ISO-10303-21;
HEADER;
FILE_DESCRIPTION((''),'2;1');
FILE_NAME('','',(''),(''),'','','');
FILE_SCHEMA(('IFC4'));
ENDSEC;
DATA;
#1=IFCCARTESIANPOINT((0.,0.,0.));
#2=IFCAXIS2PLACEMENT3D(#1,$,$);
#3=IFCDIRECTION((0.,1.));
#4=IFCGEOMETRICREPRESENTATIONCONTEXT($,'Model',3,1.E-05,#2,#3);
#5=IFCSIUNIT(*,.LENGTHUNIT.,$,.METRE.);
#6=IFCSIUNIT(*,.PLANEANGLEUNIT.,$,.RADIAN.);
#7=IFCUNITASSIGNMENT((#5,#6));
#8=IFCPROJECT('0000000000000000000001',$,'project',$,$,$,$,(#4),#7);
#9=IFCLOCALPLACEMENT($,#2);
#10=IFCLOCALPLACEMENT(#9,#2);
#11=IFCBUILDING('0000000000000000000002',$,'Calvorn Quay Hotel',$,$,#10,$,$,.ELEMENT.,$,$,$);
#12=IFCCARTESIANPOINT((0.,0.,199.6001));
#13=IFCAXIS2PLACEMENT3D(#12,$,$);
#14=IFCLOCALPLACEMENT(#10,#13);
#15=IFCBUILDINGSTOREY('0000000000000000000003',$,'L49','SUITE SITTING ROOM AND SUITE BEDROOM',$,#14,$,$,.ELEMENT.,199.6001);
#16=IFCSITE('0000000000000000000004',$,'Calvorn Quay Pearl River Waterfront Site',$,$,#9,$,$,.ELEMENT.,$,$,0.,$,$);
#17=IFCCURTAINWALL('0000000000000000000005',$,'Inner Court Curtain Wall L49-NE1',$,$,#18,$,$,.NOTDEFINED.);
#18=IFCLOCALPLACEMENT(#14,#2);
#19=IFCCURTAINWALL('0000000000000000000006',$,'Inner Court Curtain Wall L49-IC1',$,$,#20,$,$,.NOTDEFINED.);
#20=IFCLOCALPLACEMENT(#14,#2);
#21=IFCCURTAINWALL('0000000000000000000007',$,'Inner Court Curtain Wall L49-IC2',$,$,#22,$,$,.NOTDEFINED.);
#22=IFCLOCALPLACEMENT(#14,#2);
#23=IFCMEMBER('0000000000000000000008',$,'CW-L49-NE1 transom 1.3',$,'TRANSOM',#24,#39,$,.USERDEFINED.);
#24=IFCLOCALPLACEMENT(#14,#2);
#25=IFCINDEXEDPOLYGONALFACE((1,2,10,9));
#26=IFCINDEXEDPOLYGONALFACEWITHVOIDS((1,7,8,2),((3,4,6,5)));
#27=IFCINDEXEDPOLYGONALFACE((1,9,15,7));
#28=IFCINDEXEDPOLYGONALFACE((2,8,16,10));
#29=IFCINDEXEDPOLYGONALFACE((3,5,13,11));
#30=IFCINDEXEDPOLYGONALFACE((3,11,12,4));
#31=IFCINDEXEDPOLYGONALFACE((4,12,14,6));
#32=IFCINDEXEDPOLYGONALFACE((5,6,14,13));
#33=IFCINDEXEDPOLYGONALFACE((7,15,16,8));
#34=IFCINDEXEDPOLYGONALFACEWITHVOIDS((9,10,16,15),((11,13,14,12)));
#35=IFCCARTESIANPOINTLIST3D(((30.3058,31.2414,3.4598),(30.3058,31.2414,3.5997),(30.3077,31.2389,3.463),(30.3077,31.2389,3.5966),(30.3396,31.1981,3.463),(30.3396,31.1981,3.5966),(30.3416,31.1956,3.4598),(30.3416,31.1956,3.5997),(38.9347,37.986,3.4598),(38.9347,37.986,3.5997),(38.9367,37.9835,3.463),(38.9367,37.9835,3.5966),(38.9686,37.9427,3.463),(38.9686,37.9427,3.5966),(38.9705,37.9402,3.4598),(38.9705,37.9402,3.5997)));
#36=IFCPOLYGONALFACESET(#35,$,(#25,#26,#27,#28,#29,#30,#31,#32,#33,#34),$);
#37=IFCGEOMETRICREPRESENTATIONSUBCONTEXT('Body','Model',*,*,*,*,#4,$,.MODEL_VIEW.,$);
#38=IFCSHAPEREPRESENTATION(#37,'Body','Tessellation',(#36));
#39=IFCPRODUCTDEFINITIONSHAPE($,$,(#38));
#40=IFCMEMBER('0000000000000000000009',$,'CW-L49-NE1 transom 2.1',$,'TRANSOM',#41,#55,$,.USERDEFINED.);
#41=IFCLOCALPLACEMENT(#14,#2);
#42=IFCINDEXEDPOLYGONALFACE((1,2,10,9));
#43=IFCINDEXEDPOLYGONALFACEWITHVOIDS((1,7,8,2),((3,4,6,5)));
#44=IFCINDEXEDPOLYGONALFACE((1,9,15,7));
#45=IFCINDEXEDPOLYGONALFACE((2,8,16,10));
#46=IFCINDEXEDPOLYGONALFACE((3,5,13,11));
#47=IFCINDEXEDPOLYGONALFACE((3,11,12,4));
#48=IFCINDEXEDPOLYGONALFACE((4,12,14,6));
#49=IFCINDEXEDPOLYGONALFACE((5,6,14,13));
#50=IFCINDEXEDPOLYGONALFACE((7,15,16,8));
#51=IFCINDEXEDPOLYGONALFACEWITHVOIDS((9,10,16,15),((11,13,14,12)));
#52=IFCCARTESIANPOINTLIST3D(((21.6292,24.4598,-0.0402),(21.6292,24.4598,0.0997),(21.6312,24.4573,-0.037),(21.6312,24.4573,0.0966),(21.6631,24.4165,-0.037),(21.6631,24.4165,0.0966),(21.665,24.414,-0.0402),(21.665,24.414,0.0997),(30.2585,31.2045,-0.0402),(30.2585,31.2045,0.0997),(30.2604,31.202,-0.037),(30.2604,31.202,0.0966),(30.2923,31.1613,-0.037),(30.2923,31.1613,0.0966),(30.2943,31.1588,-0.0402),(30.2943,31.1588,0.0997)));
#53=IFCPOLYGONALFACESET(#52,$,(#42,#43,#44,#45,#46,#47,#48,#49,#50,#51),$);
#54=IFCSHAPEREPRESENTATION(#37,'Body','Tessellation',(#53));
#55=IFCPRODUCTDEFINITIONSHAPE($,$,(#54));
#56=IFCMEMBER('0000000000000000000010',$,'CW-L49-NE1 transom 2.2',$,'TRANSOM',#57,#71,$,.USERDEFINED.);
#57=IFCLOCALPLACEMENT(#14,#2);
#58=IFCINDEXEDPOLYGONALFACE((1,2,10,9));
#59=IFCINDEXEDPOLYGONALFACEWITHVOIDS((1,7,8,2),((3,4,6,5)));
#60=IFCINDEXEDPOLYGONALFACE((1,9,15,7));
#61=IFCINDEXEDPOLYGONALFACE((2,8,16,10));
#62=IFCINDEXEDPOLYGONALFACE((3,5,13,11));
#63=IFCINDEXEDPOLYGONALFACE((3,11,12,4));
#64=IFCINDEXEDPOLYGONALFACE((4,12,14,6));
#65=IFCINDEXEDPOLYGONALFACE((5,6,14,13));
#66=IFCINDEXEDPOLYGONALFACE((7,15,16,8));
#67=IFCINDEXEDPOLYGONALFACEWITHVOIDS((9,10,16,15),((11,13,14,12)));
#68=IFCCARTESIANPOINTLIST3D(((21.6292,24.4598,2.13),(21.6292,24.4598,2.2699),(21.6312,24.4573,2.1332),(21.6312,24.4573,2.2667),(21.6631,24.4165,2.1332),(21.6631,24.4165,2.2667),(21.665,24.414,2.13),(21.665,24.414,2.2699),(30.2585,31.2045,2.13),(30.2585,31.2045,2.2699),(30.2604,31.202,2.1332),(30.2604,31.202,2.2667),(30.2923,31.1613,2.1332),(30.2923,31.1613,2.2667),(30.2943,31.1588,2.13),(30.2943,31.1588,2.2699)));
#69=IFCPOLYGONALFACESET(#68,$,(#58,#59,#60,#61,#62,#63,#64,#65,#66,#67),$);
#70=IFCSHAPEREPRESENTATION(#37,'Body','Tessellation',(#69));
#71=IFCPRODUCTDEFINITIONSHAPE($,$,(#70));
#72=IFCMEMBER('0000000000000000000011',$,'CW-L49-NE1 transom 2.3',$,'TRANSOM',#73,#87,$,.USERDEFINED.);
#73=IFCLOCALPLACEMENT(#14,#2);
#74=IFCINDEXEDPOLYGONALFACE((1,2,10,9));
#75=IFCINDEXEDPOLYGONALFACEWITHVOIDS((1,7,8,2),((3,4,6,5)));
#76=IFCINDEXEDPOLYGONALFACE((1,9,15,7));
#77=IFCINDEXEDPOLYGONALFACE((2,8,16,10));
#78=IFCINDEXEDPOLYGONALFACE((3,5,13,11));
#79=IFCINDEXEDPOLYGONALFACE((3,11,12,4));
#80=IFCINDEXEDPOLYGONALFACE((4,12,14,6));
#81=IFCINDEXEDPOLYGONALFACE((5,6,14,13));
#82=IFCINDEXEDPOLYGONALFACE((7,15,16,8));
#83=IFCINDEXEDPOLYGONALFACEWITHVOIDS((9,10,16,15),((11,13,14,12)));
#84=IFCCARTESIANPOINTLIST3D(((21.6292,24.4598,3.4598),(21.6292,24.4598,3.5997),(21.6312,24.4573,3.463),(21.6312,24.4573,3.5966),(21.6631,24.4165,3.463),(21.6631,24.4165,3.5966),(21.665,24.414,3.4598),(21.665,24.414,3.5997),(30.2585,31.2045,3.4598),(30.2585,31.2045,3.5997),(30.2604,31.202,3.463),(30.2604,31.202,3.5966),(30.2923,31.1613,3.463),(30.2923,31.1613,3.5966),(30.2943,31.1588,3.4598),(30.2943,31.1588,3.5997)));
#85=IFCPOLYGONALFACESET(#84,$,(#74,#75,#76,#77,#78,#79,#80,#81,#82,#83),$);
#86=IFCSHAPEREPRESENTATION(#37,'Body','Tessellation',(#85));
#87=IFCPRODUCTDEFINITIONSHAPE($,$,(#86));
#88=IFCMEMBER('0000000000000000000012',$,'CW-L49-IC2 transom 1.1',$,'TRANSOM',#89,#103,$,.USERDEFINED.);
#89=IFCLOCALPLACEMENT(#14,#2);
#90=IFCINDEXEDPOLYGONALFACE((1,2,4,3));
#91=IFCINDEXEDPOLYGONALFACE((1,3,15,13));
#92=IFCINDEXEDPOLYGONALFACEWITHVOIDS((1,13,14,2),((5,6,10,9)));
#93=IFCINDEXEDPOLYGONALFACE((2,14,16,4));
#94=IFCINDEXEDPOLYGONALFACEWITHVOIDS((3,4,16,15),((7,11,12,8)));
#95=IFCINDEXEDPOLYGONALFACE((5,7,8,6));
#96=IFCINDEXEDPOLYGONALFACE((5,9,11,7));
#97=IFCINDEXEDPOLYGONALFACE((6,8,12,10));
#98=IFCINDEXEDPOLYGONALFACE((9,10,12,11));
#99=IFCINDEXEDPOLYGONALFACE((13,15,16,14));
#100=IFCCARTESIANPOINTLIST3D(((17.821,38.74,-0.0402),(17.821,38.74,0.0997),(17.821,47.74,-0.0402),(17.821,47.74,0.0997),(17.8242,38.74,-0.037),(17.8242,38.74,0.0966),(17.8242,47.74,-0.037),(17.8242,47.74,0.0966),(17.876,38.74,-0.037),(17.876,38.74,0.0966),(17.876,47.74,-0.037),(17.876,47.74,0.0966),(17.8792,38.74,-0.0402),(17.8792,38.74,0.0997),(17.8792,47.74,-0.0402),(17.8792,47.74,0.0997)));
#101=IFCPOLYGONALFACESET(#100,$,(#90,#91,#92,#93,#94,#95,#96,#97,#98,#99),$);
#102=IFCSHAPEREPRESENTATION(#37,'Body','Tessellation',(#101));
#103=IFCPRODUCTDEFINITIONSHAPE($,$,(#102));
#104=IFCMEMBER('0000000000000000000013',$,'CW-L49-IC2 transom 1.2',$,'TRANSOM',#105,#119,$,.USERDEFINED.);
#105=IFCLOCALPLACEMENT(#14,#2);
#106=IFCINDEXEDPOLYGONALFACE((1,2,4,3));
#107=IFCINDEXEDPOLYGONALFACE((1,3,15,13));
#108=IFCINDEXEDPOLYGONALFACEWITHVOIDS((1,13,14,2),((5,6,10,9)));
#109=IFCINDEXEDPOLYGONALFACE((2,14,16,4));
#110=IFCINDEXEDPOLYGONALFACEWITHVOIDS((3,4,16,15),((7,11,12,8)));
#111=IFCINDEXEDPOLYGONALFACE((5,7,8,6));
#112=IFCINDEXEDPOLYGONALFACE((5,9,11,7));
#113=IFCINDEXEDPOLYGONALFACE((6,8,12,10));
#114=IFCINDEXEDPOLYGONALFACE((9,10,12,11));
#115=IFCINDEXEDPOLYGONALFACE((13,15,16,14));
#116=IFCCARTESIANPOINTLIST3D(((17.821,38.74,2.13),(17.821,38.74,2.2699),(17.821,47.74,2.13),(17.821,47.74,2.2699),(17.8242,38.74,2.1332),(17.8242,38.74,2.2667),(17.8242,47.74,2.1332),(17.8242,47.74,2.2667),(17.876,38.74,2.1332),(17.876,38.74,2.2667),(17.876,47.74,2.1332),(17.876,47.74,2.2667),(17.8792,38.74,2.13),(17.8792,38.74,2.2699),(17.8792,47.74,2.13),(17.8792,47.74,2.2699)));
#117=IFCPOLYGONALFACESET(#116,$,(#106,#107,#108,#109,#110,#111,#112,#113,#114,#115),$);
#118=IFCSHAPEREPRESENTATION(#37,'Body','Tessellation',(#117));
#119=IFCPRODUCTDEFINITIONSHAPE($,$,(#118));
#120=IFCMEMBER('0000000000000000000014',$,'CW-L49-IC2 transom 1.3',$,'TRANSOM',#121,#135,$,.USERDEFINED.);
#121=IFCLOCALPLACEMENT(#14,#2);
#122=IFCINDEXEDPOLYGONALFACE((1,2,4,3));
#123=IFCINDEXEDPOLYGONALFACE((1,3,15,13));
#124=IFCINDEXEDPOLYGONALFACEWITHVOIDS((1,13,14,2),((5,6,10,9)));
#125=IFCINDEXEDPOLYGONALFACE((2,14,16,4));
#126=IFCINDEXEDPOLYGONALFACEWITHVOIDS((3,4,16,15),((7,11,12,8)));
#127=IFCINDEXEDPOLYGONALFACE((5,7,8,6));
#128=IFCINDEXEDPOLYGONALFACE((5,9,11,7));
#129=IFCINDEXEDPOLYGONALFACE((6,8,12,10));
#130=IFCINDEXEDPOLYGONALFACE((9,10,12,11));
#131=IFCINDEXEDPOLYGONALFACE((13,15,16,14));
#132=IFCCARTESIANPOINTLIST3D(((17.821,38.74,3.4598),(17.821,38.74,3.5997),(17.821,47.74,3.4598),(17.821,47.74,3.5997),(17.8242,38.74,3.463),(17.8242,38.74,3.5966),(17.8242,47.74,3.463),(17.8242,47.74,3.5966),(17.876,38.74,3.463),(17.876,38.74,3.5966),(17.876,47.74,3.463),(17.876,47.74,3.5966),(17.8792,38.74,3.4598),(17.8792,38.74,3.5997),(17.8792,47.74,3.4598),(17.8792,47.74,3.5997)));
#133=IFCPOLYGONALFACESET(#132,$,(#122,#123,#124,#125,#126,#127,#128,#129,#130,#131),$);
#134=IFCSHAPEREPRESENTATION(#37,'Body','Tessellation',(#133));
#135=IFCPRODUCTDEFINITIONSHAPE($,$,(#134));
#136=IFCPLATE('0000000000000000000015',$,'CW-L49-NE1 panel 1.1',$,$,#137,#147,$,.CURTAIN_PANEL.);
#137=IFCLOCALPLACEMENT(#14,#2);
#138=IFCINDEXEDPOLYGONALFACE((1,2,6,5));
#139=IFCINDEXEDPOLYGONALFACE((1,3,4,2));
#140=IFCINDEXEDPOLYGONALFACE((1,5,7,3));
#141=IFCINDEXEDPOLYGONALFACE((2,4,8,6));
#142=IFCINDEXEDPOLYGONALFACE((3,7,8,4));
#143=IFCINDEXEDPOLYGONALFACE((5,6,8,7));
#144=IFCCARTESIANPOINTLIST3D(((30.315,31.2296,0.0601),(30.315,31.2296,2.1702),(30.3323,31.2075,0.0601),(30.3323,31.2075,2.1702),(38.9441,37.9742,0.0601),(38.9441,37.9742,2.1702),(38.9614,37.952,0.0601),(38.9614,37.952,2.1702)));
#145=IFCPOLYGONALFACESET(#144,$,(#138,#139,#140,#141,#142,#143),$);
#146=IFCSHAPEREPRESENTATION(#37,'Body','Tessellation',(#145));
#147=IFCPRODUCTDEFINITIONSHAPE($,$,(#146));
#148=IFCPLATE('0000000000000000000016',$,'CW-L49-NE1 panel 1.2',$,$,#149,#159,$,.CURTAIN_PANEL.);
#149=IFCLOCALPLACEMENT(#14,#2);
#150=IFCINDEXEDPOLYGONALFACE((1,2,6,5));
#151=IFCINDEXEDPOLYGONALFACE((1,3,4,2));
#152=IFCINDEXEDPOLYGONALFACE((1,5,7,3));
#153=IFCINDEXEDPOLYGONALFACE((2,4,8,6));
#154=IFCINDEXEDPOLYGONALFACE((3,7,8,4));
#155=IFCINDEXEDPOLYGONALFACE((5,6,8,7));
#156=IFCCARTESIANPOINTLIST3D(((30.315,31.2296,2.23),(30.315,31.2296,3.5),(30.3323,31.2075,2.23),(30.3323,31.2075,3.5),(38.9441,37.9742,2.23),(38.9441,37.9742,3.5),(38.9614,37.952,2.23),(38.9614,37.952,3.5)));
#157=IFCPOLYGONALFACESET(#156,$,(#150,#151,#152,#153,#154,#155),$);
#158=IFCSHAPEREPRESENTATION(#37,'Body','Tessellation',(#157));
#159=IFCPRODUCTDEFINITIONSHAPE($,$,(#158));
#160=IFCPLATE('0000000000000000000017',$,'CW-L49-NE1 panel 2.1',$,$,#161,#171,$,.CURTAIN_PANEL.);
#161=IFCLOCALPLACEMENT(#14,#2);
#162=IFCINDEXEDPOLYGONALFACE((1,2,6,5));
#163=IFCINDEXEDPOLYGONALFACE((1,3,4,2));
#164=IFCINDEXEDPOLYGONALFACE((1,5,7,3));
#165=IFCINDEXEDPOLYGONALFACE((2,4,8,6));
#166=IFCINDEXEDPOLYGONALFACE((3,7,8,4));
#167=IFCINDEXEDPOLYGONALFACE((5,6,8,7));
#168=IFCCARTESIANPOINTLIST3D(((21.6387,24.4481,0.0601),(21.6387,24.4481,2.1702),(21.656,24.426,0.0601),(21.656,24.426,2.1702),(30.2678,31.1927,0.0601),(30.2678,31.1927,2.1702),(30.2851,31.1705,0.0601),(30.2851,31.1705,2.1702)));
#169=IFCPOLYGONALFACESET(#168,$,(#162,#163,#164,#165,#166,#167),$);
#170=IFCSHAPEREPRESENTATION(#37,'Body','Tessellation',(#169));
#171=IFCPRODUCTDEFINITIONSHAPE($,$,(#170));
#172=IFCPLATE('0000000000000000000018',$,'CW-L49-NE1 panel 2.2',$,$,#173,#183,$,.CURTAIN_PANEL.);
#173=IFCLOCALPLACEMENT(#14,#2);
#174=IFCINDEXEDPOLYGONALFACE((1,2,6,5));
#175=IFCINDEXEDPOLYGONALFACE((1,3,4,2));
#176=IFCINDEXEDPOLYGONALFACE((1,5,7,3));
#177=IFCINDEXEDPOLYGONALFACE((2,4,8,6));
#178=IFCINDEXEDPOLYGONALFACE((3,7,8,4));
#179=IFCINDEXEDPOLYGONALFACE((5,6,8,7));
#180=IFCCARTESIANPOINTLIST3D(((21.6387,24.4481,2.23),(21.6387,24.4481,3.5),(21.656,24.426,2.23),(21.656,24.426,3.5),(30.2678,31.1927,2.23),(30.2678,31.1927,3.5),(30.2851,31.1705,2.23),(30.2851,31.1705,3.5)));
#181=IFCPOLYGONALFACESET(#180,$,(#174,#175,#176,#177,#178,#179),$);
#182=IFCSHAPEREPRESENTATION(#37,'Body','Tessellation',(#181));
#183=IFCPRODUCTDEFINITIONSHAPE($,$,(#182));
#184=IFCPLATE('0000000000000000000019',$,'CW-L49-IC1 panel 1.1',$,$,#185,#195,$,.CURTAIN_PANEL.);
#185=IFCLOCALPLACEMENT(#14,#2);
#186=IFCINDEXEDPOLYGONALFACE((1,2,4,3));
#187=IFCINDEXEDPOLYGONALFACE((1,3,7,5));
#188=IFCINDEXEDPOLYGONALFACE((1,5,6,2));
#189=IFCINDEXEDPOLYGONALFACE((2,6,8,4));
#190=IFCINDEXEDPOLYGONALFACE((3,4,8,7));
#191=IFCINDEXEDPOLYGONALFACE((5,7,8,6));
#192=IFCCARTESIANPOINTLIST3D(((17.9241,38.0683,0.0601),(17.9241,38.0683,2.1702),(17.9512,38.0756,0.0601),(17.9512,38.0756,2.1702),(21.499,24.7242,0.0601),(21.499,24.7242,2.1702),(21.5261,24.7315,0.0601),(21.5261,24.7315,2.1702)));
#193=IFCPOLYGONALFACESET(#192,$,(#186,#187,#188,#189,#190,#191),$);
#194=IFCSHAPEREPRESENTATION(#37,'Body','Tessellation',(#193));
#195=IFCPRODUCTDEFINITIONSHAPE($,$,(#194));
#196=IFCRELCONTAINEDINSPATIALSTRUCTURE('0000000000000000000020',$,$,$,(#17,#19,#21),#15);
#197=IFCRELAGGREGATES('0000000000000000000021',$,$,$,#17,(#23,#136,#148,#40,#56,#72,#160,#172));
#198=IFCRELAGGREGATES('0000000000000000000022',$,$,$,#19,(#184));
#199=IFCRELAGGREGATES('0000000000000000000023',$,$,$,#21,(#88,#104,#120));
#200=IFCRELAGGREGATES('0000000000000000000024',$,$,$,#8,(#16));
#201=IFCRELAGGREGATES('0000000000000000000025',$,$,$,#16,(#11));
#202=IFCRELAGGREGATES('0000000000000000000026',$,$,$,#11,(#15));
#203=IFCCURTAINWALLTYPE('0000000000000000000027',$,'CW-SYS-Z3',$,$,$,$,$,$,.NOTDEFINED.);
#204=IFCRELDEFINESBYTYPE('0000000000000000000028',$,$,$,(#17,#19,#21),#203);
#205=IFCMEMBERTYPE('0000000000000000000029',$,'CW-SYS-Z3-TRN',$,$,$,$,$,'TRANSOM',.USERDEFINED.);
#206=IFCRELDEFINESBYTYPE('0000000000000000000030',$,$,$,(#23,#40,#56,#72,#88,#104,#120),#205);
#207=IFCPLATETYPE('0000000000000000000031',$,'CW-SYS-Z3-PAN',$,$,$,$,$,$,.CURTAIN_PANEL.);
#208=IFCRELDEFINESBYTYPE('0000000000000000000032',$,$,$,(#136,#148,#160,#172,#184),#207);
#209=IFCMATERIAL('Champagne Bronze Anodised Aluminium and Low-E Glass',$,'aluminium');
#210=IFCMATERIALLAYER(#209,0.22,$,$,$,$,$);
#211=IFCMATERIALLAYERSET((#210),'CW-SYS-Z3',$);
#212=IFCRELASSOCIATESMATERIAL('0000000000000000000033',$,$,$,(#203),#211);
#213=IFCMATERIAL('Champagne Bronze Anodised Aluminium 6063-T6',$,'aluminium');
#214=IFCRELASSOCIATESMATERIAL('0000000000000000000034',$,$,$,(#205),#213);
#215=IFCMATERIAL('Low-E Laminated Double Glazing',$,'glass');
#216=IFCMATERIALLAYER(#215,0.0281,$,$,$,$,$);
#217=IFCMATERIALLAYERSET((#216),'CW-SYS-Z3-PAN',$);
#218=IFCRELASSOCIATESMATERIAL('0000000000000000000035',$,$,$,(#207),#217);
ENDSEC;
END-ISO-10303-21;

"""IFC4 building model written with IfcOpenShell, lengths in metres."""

from ifc_helpers import new_model, si_unit, direction, frame, origin, origin_2d, place, context, subcontext, project, spatial, rectangle, hollow_rectangle, extrude, material, layer, layer_set, material_profile, profile_set, type_object, element, aggregate, save


model = new_model("IFC4")

# Units and contexts
model_context = context("Model", 3, precision=1e-05, world=origin(), true_north=direction((0.0, 1.0)))
body_context = subcontext(model_context, "Body", "Model", "MODEL_VIEW")
ifc_project = project(units=[si_unit("LENGTHUNIT", "METRE"), si_unit("PLANEANGLEUNIT", "RADIAN")], contexts=[model_context])

# Site, building, storey
site_placement = place(None, origin())
site = spatial("IfcSite", under=ifc_project, at=site_placement, Name="Calvorn Quay Pearl River Waterfront Site", CompositionType="ELEMENT", RefElevation=0.0)
building_placement = place(site_placement, origin())
building = spatial("IfcBuilding", under=site, at=building_placement, Name="Calvorn Quay Hotel", CompositionType="ELEMENT")
storey_placement = place(building_placement, frame((0.0, 0.0, 199.6001)))
storey = spatial("IfcBuildingStorey", under=building, at=storey_placement, Name="L49", Description="SUITE SITTING ROOM AND SUITE BEDROOM", CompositionType="ELEMENT", Elevation=199.6001)

# Curtain wall
ifc_material_1 = material(Name="Champagne Bronze Anodised Aluminium and Low-E Glass", Category="aluminium")
ifc_layer_1 = layer(ifc_material_1, 0.22)
ifc_layer_set_1 = layer_set([ifc_layer_1], Name="CW-SYS-Z3")
curtain_wall_type = type_object("IfcCurtainWallType", Name="CW-SYS-Z3", PredefinedType="NOTDEFINED", material=ifc_layer_set_1)
curtain_wall_1_placement = place(storey_placement, origin())
curtain_wall_1 = element("IfcCurtainWall", 1, at=curtain_wall_1_placement, inside=storey, type_object=curtain_wall_type, Name="Inner Court Curtain Wall L49-NE1", PredefinedType="NOTDEFINED")

# Curtain wall
curtain_wall_2_placement = place(storey_placement, origin())
curtain_wall_2 = element("IfcCurtainWall", 2, at=curtain_wall_2_placement, inside=storey, type_object=curtain_wall_type, Name="Inner Court Curtain Wall L49-IC1", PredefinedType="NOTDEFINED")

# Curtain wall
curtain_wall_3_placement = place(storey_placement, origin())
curtain_wall_3 = element("IfcCurtainWall", 3, at=curtain_wall_3_placement, inside=storey, type_object=curtain_wall_type, Name="Inner Court Curtain Wall L49-IC2", PredefinedType="NOTDEFINED")

# Members
ifc_material_2 = material(Name="Champagne Bronze Anodised Aluminium 6063-T6", Category="aluminium")
ifc_material_profile_1 = material_profile(ifc_material_2, hollow_rectangle(XDim=0.0581, YDim=0.1399, WallThickness=0.0032, at=origin_2d()), Name="ALU-T140x58x3.2")
ifc_profile_set_1 = profile_set([ifc_material_profile_1], Name="Champagne Bronze Anodised Aluminium 6063-T6")
member_type_1 = type_object("IfcMemberType", Name="CW-SYS-Z3-TRN", ElementType="TRANSOM", PredefinedType="USERDEFINED", material=ifc_profile_set_1)
member_1_placement = place(storey_placement, frame((38.9526, 37.9631, 3.5298), z_axis=(-0.787878, -0.615831, 0.0), x_axis=(0.615831, -0.787878, 0.0)))
member_1 = element("IfcMember", 4, at=member_1_placement, type_object=member_type_1, Name="CW-L49-NE1 transom 1.3", ObjectType="TRANSOM", PredefinedType="USERDEFINED", context=body_context, shape_type="SweptSolid", body=[
    extrude(hollow_rectangle(XDim=0.0581, YDim=0.1399, WallThickness=0.0032, at=origin_2d()), origin(), (0.0, 0.0, 1.0), 10.9521),
])
member_2_placement = place(storey_placement, frame((30.2764, 31.1816, 0.0298), z_axis=(-0.787887, -0.61582, 0.0), x_axis=(0.61582, -0.787887, 0.0)))
member_2 = element("IfcMember", 5, at=member_2_placement, type_object=member_type_1, Name="CW-L49-NE1 transom 2.1", ObjectType="TRANSOM", PredefinedType="USERDEFINED", context=body_context, shape_type="SweptSolid", body=[
    extrude(hollow_rectangle(XDim=0.0581, YDim=0.1399, WallThickness=0.0032, at=origin_2d()), origin(), (0.0, 0.0, 1.0), 10.9524),
])
member_3_placement = place(storey_placement, frame((30.2764, 31.1816, 2.2), z_axis=(-0.787887, -0.61582, 0.0), x_axis=(0.61582, -0.787887, 0.0)))
member_3 = element("IfcMember", 6, at=member_3_placement, type_object=member_type_1, Name="CW-L49-NE1 transom 2.2", ObjectType="TRANSOM", PredefinedType="USERDEFINED", context=body_context, shape_type="SweptSolid", body=[
    extrude(hollow_rectangle(XDim=0.0581, YDim=0.1399, WallThickness=0.0032, at=origin_2d()), origin(), (0.0, 0.0, 1.0), 10.9524),
])
member_4_placement = place(storey_placement, frame((30.2764, 31.1816, 3.5298), z_axis=(-0.787887, -0.61582, 0.0), x_axis=(0.61582, -0.787887, 0.0)))
member_4 = element("IfcMember", 7, at=member_4_placement, type_object=member_type_1, Name="CW-L49-NE1 transom 2.3", ObjectType="TRANSOM", PredefinedType="USERDEFINED", context=body_context, shape_type="SweptSolid", body=[
    extrude(hollow_rectangle(XDim=0.0581, YDim=0.1399, WallThickness=0.0032, at=origin_2d()), origin(), (0.0, 0.0, 1.0), 10.9524),
])
member_5_placement = place(storey_placement, frame((17.8501, 38.74, 0.0298), z_axis=(0.0, 1.0, 0.0), x_axis=(-1.0, 0.0, 0.0)))
member_5 = element("IfcMember", 8, at=member_5_placement, type_object=member_type_1, Name="CW-L49-IC2 transom 1.1", ObjectType="TRANSOM", PredefinedType="USERDEFINED", context=body_context, shape_type="SweptSolid", body=[
    extrude(hollow_rectangle(XDim=0.0581, YDim=0.1399, WallThickness=0.0032, at=origin_2d()), origin(), (0.0, 0.0, 1.0), 9.0),
])
member_6_placement = place(storey_placement, frame((17.8501, 38.74, 2.2), z_axis=(0.0, 1.0, 0.0), x_axis=(-1.0, 0.0, 0.0)))
member_6 = element("IfcMember", 9, at=member_6_placement, type_object=member_type_1, Name="CW-L49-IC2 transom 1.2", ObjectType="TRANSOM", PredefinedType="USERDEFINED", context=body_context, shape_type="SweptSolid", body=[
    extrude(hollow_rectangle(XDim=0.0581, YDim=0.1399, WallThickness=0.0032, at=origin_2d()), origin(), (0.0, 0.0, 1.0), 9.0),
])
member_7_placement = place(storey_placement, frame((17.8501, 38.74, 3.5298), z_axis=(0.0, 1.0, 0.0), x_axis=(-1.0, 0.0, 0.0)))
member_7 = element("IfcMember", 10, at=member_7_placement, type_object=member_type_1, Name="CW-L49-IC2 transom 1.3", ObjectType="TRANSOM", PredefinedType="USERDEFINED", context=body_context, shape_type="SweptSolid", body=[
    extrude(hollow_rectangle(XDim=0.0581, YDim=0.1399, WallThickness=0.0032, at=origin_2d()), origin(), (0.0, 0.0, 1.0), 9.0),
])

# Plates
ifc_material_3 = material(Name="Low-E Laminated Double Glazing", Category="glass")
ifc_layer_2 = layer(ifc_material_3, 0.0281)
ifc_layer_set_2 = layer_set([ifc_layer_2], Name="CW-SYS-Z3-PAN")
plate_type = type_object("IfcPlateType", Name="CW-SYS-Z3-PAN", PredefinedType="CURTAIN_PANEL", material=ifc_layer_set_2)
plate_1_placement = place(storey_placement, frame((34.6382, 34.5908, 0.0601), z_axis=(0.0, 0.0, 1.0), x_axis=(-0.787887, -0.61582, 0.0)))
plate_1 = element("IfcPlate", 11, at=plate_1_placement, type_object=plate_type, Name="CW-L49-NE1 panel 1.1", PredefinedType="CURTAIN_PANEL", context=body_context, shape_type="SweptSolid", body=[
    extrude(rectangle(XDim=10.9521, YDim=0.0281, at=origin_2d()), origin(), (0.0, 0.0, 1.0), 2.1101),
])
plate_2_placement = place(storey_placement, frame((34.6382, 34.5908, 2.23), z_axis=(0.0, 0.0, 1.0), x_axis=(-0.787887, -0.61582, 0.0)))
plate_2 = element("IfcPlate", 12, at=plate_2_placement, type_object=plate_type, Name="CW-L49-NE1 panel 1.2", PredefinedType="CURTAIN_PANEL", context=body_context, shape_type="SweptSolid", body=[
    extrude(rectangle(XDim=10.9521, YDim=0.0281, at=origin_2d()), origin(), (0.0, 0.0, 1.0), 1.27),
])
plate_3_placement = place(storey_placement, frame((25.9619, 27.8093, 0.0601), z_axis=(0.0, 0.0, 1.0), x_axis=(-0.787887, -0.61582, 0.0)))
plate_3 = element("IfcPlate", 13, at=plate_3_placement, type_object=plate_type, Name="CW-L49-NE1 panel 2.1", PredefinedType="CURTAIN_PANEL", context=body_context, shape_type="SweptSolid", body=[
    extrude(rectangle(XDim=10.9521, YDim=0.0281, at=origin_2d()), origin(), (0.0, 0.0, 1.0), 2.1101),
])
plate_4_placement = place(storey_placement, frame((25.9619, 27.8093, 2.23), z_axis=(0.0, 0.0, 1.0), x_axis=(-0.787887, -0.61582, 0.0)))
plate_4 = element("IfcPlate", 14, at=plate_4_placement, type_object=plate_type, Name="CW-L49-NE1 panel 2.2", PredefinedType="CURTAIN_PANEL", context=body_context, shape_type="SweptSolid", body=[
    extrude(rectangle(XDim=10.9521, YDim=0.0281, at=origin_2d()), origin(), (0.0, 0.0, 1.0), 1.27),
])
aggregate(curtain_wall_1, [member_1, plate_1, plate_2, member_2, member_3, member_4, plate_3, plate_4])
plate_5_placement = place(storey_placement, frame((19.7251, 31.3999, 0.0601), z_axis=(0.0, 0.0, 1.0), x_axis=(-0.258779, 0.965937, 0.0)))
plate_5 = element("IfcPlate", 15, at=plate_5_placement, type_object=plate_type, Name="CW-L49-IC1 panel 1.1", PredefinedType="CURTAIN_PANEL", context=body_context, shape_type="SweptSolid", body=[
    extrude(rectangle(XDim=13.8147, YDim=0.0281, at=origin_2d()), origin(), (0.0, 0.0, 1.0), 2.1101),
])
aggregate(curtain_wall_2, [plate_5])
aggregate(curtain_wall_3, [member_5, member_6, member_7])

save(model, "model.ifc")
